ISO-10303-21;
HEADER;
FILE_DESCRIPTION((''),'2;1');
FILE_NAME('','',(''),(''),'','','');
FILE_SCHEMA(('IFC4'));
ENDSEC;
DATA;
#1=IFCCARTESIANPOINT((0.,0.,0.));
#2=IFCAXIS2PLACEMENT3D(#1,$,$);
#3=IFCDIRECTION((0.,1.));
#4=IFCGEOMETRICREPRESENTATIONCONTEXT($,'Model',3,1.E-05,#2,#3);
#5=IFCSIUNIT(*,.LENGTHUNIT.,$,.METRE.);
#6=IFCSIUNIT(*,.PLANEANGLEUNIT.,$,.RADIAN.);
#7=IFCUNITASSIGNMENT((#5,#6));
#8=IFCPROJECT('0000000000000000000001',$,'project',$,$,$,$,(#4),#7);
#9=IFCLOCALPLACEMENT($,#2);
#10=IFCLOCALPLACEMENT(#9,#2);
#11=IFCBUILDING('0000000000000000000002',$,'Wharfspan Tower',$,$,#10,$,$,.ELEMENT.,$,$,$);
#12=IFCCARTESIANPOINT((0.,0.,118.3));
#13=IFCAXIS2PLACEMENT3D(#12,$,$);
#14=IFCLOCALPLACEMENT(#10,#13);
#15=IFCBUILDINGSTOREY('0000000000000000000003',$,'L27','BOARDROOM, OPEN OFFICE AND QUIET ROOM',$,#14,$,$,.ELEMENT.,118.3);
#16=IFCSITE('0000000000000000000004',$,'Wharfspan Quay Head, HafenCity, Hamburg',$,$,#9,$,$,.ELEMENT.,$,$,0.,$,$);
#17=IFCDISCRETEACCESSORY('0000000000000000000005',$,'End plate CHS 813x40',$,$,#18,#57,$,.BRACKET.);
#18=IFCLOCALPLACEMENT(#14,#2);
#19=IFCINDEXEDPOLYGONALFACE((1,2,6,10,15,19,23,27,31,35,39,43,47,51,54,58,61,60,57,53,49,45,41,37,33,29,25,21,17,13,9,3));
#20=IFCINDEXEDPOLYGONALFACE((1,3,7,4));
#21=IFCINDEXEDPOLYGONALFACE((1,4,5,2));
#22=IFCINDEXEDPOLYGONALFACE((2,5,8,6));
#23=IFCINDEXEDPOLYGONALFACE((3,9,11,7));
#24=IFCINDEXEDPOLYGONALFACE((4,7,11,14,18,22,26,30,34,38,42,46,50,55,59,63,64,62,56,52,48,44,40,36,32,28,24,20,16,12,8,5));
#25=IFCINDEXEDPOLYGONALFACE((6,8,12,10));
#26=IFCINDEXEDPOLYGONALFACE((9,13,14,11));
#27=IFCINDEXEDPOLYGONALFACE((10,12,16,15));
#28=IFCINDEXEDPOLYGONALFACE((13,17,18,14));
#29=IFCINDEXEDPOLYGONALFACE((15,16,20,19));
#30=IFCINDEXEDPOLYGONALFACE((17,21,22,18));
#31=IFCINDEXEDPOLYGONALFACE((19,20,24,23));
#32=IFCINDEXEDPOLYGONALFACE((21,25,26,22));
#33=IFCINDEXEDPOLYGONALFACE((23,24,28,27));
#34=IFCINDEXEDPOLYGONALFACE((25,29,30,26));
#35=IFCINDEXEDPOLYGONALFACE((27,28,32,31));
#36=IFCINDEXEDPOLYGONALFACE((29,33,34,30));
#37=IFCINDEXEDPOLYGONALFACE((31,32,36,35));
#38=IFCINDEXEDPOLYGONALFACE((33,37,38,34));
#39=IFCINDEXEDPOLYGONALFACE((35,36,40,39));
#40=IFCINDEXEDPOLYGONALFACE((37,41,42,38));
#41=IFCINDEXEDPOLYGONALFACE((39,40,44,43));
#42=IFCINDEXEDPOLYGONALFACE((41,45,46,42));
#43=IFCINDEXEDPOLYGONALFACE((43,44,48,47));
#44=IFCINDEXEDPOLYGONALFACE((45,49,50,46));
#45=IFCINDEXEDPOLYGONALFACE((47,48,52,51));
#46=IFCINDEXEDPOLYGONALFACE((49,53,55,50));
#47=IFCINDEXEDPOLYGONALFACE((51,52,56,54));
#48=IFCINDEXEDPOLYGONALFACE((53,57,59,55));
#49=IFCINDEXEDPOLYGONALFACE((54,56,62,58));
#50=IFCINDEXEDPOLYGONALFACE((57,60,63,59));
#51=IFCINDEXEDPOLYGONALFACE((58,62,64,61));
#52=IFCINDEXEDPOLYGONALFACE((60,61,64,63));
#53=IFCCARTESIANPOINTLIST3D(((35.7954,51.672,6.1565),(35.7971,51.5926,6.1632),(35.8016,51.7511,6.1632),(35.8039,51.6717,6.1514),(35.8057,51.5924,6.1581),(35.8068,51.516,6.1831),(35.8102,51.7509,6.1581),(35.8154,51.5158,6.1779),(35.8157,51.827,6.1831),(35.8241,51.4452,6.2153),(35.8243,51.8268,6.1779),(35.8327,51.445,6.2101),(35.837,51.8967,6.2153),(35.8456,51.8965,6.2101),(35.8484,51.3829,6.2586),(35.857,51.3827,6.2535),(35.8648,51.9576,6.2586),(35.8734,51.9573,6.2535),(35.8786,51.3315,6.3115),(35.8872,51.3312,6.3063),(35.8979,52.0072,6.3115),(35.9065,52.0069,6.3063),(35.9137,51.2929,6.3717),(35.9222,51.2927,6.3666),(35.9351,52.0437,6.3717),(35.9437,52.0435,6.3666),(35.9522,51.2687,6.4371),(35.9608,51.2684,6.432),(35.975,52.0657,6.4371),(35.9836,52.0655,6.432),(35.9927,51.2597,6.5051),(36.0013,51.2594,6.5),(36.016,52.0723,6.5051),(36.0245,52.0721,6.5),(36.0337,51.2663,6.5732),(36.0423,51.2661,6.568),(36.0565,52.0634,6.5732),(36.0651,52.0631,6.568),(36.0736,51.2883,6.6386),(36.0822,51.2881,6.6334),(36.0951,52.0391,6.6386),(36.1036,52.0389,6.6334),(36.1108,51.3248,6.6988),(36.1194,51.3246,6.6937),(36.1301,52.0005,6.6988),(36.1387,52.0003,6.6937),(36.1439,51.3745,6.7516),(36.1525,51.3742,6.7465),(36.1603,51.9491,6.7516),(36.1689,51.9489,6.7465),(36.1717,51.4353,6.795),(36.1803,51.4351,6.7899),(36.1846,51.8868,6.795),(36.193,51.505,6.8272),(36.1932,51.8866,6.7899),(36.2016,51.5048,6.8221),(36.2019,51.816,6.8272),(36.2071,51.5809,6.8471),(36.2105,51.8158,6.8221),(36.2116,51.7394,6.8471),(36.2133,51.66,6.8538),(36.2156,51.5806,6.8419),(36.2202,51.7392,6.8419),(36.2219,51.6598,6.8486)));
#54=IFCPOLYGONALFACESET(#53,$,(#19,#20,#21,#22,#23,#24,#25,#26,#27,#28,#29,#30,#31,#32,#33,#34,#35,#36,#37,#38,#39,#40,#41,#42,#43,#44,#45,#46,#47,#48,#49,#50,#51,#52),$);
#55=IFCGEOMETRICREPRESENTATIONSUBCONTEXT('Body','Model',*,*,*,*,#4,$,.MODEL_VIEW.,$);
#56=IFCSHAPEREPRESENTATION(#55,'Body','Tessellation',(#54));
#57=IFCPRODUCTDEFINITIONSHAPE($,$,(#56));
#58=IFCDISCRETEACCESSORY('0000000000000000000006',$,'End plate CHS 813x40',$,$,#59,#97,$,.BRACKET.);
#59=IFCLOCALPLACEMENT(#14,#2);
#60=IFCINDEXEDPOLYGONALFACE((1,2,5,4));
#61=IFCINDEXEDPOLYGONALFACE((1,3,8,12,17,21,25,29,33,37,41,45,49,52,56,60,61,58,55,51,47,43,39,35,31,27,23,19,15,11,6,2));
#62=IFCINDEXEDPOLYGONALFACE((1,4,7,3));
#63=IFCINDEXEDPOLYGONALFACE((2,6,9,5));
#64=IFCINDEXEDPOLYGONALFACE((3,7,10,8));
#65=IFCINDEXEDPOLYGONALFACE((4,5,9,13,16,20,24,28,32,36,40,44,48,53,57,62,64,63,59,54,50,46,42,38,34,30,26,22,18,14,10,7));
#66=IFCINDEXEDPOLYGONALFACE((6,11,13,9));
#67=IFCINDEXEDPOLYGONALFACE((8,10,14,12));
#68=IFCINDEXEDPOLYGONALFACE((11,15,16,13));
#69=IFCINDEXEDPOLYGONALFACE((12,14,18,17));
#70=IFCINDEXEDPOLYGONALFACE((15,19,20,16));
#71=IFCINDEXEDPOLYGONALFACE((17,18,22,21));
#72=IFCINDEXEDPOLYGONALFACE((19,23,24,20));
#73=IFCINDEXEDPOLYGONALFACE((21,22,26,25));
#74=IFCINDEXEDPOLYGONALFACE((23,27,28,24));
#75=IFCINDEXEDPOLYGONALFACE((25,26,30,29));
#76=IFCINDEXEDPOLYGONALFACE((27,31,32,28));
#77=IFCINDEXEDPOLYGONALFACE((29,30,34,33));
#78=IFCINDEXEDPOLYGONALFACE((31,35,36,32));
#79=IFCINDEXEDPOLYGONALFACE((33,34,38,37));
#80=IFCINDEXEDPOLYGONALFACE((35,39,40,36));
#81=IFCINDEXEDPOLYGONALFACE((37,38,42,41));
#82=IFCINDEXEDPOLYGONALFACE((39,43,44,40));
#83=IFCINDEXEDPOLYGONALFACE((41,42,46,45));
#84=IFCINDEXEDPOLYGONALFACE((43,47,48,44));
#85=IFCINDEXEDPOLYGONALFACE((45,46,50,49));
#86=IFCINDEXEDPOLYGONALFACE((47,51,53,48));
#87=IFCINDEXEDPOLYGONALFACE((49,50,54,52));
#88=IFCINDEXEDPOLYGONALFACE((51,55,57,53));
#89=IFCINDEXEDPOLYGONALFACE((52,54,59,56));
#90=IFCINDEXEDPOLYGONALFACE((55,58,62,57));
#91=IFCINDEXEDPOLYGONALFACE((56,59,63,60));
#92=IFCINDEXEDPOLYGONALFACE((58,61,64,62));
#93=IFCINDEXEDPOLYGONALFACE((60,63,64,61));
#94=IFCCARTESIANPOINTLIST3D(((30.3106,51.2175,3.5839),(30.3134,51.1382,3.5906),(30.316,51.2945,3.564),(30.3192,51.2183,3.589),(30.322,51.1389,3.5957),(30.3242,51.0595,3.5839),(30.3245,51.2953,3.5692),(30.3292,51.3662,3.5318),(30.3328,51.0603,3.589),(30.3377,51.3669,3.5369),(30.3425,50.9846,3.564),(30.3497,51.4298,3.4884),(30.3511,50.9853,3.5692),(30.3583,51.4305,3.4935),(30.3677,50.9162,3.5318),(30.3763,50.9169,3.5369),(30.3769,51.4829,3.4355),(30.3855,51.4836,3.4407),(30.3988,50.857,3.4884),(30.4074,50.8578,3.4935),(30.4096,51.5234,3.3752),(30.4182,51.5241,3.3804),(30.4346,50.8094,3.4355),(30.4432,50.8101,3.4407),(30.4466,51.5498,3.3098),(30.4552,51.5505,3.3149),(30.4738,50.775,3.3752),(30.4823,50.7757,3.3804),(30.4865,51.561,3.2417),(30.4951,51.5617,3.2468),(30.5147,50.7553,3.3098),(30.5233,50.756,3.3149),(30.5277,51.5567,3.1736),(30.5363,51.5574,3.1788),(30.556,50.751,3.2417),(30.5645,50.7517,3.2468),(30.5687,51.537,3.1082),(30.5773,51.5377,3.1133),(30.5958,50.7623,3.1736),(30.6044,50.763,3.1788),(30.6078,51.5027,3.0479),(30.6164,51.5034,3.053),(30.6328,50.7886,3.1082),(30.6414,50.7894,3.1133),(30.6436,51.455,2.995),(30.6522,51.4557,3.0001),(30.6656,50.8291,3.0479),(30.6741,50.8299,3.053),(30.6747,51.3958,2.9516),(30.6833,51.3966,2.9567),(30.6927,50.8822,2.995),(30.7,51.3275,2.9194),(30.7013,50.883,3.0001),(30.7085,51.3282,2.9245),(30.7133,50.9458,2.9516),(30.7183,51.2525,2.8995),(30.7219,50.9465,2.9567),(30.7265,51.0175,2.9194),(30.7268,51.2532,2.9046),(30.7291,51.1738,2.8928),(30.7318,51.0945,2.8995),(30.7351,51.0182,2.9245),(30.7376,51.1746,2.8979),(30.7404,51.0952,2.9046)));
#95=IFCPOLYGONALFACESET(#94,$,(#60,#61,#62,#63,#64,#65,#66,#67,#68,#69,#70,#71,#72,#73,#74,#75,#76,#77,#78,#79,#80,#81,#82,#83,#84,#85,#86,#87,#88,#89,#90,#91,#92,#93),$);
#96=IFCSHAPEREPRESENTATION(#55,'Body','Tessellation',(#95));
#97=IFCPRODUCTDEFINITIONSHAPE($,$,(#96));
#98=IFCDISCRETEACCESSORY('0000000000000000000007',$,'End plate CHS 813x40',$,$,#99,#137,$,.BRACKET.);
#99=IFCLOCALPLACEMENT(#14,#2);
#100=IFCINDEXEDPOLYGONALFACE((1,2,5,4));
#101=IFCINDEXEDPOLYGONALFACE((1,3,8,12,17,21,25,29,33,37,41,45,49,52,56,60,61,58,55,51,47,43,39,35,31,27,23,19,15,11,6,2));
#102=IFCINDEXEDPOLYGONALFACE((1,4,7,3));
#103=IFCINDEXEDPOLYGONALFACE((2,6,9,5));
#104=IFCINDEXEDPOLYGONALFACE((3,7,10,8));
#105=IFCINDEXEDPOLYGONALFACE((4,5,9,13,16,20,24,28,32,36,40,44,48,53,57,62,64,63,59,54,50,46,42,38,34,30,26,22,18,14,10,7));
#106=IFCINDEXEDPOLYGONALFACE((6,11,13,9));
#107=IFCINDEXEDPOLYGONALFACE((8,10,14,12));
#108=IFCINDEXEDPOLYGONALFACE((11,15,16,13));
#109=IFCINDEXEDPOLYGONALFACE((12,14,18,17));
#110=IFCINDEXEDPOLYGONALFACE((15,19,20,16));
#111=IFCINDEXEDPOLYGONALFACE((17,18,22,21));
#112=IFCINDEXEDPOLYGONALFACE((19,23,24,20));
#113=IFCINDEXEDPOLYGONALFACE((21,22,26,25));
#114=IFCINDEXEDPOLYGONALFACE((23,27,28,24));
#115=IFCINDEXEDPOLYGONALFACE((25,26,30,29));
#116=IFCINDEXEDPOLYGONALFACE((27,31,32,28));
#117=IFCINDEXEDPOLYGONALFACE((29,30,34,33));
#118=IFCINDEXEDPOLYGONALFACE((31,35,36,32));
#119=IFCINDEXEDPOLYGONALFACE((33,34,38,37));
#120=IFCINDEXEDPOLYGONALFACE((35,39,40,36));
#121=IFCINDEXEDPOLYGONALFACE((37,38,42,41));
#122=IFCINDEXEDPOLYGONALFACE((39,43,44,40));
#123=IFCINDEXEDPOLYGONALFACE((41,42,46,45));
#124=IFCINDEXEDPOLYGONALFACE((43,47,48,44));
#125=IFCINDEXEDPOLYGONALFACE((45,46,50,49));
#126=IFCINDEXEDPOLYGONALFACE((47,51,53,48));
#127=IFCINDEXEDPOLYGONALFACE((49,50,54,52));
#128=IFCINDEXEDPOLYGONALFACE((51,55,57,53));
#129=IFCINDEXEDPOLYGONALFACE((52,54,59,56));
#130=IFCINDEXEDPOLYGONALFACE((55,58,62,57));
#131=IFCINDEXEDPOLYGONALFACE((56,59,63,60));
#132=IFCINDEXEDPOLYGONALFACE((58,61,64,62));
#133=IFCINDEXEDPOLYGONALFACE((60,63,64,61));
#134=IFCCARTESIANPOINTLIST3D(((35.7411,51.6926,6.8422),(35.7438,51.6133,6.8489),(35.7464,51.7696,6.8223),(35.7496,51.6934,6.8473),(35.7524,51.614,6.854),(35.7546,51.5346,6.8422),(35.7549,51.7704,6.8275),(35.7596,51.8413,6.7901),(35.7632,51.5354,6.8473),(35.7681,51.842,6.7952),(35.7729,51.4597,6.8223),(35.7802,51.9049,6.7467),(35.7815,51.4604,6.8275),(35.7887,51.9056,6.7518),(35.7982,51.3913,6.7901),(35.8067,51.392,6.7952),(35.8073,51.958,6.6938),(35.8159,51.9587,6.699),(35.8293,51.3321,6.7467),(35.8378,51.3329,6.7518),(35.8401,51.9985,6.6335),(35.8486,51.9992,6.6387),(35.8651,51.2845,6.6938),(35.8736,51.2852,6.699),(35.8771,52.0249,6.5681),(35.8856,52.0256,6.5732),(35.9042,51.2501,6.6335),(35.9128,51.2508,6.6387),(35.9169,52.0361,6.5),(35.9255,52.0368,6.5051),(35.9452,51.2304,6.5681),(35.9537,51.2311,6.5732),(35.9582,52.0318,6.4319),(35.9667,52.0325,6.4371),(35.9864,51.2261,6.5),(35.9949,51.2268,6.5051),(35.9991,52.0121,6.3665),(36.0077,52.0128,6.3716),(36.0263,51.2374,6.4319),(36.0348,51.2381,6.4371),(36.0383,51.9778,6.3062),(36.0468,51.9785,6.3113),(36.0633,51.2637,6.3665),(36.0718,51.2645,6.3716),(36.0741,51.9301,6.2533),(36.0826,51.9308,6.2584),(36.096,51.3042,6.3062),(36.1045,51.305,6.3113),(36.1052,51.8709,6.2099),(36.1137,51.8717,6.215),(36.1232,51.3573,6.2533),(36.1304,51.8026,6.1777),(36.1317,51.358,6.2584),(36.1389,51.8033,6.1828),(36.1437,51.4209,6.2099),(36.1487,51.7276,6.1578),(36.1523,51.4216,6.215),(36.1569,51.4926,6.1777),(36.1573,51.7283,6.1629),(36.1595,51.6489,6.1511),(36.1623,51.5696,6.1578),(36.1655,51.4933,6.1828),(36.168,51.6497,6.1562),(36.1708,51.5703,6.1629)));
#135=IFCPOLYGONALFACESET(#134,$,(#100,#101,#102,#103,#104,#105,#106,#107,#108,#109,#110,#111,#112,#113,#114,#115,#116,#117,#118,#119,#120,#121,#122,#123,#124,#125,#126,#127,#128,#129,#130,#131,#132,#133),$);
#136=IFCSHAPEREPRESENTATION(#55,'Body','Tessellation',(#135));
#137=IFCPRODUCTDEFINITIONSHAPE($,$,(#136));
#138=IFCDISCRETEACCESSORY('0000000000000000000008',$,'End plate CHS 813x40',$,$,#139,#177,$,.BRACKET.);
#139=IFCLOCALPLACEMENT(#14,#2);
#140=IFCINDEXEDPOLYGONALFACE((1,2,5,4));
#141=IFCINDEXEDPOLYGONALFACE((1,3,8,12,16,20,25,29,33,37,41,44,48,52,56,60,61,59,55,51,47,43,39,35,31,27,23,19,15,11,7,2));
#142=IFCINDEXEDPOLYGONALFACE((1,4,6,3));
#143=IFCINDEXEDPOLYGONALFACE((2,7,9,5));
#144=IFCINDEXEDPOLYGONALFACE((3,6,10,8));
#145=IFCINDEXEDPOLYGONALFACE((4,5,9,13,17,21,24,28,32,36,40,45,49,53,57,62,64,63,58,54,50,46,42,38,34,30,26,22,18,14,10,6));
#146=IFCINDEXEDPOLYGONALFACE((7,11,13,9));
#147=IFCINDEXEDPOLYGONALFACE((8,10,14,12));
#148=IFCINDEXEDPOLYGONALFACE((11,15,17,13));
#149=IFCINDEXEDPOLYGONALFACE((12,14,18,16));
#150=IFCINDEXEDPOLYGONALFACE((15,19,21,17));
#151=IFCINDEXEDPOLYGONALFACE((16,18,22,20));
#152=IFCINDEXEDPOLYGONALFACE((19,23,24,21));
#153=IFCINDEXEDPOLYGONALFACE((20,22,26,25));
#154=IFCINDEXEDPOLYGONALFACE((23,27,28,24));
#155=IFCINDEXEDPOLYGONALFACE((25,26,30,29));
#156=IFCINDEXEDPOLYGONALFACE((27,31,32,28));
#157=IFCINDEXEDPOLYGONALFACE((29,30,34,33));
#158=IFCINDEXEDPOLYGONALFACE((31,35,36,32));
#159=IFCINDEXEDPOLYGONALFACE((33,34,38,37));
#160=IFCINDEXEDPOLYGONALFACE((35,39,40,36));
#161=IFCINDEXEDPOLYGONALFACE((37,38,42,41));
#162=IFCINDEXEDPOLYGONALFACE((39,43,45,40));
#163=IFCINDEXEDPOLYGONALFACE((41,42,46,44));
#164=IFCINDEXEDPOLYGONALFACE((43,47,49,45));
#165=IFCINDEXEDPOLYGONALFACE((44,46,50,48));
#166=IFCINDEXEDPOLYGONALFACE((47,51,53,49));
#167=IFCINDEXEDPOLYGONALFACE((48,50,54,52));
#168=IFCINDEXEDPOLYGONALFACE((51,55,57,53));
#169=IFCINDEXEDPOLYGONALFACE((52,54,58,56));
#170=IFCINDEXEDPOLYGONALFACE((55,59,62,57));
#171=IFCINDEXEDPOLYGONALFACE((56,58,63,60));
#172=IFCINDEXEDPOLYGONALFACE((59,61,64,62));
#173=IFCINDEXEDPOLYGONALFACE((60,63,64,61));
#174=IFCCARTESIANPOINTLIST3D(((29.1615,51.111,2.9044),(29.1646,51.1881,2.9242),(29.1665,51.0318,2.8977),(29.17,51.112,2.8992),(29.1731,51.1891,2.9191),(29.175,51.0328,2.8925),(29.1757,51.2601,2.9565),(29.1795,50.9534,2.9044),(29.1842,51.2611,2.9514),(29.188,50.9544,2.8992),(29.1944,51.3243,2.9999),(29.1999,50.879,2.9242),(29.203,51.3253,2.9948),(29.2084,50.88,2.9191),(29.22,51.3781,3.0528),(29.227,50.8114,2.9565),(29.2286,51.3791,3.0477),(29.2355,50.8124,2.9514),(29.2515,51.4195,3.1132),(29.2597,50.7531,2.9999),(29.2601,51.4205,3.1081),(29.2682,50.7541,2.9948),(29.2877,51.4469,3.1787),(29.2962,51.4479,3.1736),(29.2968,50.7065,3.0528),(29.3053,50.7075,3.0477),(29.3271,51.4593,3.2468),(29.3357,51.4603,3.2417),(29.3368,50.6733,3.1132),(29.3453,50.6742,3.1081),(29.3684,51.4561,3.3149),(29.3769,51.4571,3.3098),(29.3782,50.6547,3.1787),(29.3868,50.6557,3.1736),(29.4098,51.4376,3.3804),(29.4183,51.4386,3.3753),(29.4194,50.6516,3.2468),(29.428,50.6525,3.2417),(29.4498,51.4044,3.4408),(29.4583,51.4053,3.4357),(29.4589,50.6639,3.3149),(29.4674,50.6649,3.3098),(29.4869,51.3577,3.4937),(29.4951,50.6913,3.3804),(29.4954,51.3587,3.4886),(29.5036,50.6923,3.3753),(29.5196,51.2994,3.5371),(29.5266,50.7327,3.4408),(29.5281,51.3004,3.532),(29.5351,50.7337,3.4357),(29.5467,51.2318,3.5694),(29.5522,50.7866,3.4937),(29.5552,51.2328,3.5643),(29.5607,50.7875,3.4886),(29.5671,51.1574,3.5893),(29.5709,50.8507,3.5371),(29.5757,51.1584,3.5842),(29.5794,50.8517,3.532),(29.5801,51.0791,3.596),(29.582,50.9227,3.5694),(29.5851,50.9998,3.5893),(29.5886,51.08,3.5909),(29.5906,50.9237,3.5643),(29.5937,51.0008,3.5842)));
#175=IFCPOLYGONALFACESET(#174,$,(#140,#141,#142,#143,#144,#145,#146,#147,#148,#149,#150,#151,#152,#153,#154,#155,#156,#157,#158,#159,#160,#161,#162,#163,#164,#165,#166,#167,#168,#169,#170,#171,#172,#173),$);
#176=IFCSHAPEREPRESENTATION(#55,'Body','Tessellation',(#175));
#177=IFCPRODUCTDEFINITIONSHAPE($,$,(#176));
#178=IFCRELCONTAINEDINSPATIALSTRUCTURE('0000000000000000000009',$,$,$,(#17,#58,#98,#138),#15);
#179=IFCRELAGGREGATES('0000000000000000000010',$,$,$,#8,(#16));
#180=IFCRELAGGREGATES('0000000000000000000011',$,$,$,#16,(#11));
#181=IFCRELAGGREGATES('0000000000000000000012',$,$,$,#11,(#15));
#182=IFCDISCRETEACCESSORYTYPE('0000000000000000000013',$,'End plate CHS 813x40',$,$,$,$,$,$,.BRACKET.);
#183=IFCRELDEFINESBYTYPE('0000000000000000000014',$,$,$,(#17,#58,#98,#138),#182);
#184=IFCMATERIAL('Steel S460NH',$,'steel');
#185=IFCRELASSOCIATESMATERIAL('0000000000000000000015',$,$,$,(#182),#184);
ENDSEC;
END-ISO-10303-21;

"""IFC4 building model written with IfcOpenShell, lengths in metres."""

from ifc_helpers import new_model, si_unit, direction, frame, origin, origin_2d, place, context, subcontext, project, spatial, circle, extrude, material, material_profile, profile_set, type_object, element, save


model = new_model("IFC4")

# Units and contexts
model_context = context("Model", 3, precision=1e-05, world=origin(), true_north=direction((0.0, 1.0)))
body_context = subcontext(model_context, "Body", "Model", "MODEL_VIEW")
ifc_project = project(units=[si_unit("LENGTHUNIT", "METRE"), si_unit("PLANEANGLEUNIT", "RADIAN")], contexts=[model_context])

# Site, building, storey
site_placement = place(None, origin())
site = spatial("IfcSite", under=ifc_project, at=site_placement, Name="Wharfspan Quay Head, HafenCity, Hamburg", CompositionType="ELEMENT", RefElevation=0.0)
building_placement = place(site_placement, origin())
building = spatial("IfcBuilding", under=site, at=building_placement, Name="Wharfspan Tower", CompositionType="ELEMENT")
storey_placement = place(building_placement, frame((0.0, 0.0, 118.3)))
storey = spatial("IfcBuildingStorey", under=building, at=storey_placement, Name="L27", Description="BOARDROOM, OPEN OFFICE AND QUIET ROOM", CompositionType="ELEMENT", Elevation=118.3)

# Shared definitions
ifc_material_1 = material(Name="Steel S460NH", Category="steel")

# Discrete accessories
ifc_material_profile_1 = material_profile(ifc_material_1, circle(Radius=0.4065, at=origin_2d()))
ifc_profile_set_1 = profile_set([ifc_material_profile_1], Name="Steel S460NH")
discrete_accessory_type = type_object("IfcDiscreteAccessoryType", Name="End plate CHS 813x40", PredefinedType="BRACKET", material=ifc_profile_set_1)
for number, where, z_axis, x_axis, name in (
    (1, (36.0129, 51.6658, 6.5), (-0.857236, 0.024492, 0.514341), (-0.028558, -0.999591, 0.000002), "End plate CHS 813x40"),
    (2, (30.5212, 51.156, 3.2417), (0.855186, 0.073302, 0.513112), (-0.085402, 0.996345, 0.000001), "End plate CHS 813x40"),
    (3, (35.9517, 51.6311, 6.5), (0.855186, 0.073302, 0.513112), (-0.085402, 0.996345, 0.000001), "End plate CHS 813x40"),
    (4, (29.3818, 51.0564, 3.2417), (-0.853405, -0.097532, 0.512043), (0.113547, -0.993531, 0.000001), "End plate CHS 813x40"),
):
    element("IfcDiscreteAccessory", number, at=place(storey_placement, frame(where, z_axis=z_axis, x_axis=x_axis)), inside=storey, type_object=discrete_accessory_type, Name=name, PredefinedType="BRACKET", context=body_context, shape_type="SweptSolid", body=[
        extrude(circle(Radius=0.4065, at=origin_2d()), origin(), (0.0, 0.0, 1.0), 0.01),
    ])

save(model, "model.ifc")
